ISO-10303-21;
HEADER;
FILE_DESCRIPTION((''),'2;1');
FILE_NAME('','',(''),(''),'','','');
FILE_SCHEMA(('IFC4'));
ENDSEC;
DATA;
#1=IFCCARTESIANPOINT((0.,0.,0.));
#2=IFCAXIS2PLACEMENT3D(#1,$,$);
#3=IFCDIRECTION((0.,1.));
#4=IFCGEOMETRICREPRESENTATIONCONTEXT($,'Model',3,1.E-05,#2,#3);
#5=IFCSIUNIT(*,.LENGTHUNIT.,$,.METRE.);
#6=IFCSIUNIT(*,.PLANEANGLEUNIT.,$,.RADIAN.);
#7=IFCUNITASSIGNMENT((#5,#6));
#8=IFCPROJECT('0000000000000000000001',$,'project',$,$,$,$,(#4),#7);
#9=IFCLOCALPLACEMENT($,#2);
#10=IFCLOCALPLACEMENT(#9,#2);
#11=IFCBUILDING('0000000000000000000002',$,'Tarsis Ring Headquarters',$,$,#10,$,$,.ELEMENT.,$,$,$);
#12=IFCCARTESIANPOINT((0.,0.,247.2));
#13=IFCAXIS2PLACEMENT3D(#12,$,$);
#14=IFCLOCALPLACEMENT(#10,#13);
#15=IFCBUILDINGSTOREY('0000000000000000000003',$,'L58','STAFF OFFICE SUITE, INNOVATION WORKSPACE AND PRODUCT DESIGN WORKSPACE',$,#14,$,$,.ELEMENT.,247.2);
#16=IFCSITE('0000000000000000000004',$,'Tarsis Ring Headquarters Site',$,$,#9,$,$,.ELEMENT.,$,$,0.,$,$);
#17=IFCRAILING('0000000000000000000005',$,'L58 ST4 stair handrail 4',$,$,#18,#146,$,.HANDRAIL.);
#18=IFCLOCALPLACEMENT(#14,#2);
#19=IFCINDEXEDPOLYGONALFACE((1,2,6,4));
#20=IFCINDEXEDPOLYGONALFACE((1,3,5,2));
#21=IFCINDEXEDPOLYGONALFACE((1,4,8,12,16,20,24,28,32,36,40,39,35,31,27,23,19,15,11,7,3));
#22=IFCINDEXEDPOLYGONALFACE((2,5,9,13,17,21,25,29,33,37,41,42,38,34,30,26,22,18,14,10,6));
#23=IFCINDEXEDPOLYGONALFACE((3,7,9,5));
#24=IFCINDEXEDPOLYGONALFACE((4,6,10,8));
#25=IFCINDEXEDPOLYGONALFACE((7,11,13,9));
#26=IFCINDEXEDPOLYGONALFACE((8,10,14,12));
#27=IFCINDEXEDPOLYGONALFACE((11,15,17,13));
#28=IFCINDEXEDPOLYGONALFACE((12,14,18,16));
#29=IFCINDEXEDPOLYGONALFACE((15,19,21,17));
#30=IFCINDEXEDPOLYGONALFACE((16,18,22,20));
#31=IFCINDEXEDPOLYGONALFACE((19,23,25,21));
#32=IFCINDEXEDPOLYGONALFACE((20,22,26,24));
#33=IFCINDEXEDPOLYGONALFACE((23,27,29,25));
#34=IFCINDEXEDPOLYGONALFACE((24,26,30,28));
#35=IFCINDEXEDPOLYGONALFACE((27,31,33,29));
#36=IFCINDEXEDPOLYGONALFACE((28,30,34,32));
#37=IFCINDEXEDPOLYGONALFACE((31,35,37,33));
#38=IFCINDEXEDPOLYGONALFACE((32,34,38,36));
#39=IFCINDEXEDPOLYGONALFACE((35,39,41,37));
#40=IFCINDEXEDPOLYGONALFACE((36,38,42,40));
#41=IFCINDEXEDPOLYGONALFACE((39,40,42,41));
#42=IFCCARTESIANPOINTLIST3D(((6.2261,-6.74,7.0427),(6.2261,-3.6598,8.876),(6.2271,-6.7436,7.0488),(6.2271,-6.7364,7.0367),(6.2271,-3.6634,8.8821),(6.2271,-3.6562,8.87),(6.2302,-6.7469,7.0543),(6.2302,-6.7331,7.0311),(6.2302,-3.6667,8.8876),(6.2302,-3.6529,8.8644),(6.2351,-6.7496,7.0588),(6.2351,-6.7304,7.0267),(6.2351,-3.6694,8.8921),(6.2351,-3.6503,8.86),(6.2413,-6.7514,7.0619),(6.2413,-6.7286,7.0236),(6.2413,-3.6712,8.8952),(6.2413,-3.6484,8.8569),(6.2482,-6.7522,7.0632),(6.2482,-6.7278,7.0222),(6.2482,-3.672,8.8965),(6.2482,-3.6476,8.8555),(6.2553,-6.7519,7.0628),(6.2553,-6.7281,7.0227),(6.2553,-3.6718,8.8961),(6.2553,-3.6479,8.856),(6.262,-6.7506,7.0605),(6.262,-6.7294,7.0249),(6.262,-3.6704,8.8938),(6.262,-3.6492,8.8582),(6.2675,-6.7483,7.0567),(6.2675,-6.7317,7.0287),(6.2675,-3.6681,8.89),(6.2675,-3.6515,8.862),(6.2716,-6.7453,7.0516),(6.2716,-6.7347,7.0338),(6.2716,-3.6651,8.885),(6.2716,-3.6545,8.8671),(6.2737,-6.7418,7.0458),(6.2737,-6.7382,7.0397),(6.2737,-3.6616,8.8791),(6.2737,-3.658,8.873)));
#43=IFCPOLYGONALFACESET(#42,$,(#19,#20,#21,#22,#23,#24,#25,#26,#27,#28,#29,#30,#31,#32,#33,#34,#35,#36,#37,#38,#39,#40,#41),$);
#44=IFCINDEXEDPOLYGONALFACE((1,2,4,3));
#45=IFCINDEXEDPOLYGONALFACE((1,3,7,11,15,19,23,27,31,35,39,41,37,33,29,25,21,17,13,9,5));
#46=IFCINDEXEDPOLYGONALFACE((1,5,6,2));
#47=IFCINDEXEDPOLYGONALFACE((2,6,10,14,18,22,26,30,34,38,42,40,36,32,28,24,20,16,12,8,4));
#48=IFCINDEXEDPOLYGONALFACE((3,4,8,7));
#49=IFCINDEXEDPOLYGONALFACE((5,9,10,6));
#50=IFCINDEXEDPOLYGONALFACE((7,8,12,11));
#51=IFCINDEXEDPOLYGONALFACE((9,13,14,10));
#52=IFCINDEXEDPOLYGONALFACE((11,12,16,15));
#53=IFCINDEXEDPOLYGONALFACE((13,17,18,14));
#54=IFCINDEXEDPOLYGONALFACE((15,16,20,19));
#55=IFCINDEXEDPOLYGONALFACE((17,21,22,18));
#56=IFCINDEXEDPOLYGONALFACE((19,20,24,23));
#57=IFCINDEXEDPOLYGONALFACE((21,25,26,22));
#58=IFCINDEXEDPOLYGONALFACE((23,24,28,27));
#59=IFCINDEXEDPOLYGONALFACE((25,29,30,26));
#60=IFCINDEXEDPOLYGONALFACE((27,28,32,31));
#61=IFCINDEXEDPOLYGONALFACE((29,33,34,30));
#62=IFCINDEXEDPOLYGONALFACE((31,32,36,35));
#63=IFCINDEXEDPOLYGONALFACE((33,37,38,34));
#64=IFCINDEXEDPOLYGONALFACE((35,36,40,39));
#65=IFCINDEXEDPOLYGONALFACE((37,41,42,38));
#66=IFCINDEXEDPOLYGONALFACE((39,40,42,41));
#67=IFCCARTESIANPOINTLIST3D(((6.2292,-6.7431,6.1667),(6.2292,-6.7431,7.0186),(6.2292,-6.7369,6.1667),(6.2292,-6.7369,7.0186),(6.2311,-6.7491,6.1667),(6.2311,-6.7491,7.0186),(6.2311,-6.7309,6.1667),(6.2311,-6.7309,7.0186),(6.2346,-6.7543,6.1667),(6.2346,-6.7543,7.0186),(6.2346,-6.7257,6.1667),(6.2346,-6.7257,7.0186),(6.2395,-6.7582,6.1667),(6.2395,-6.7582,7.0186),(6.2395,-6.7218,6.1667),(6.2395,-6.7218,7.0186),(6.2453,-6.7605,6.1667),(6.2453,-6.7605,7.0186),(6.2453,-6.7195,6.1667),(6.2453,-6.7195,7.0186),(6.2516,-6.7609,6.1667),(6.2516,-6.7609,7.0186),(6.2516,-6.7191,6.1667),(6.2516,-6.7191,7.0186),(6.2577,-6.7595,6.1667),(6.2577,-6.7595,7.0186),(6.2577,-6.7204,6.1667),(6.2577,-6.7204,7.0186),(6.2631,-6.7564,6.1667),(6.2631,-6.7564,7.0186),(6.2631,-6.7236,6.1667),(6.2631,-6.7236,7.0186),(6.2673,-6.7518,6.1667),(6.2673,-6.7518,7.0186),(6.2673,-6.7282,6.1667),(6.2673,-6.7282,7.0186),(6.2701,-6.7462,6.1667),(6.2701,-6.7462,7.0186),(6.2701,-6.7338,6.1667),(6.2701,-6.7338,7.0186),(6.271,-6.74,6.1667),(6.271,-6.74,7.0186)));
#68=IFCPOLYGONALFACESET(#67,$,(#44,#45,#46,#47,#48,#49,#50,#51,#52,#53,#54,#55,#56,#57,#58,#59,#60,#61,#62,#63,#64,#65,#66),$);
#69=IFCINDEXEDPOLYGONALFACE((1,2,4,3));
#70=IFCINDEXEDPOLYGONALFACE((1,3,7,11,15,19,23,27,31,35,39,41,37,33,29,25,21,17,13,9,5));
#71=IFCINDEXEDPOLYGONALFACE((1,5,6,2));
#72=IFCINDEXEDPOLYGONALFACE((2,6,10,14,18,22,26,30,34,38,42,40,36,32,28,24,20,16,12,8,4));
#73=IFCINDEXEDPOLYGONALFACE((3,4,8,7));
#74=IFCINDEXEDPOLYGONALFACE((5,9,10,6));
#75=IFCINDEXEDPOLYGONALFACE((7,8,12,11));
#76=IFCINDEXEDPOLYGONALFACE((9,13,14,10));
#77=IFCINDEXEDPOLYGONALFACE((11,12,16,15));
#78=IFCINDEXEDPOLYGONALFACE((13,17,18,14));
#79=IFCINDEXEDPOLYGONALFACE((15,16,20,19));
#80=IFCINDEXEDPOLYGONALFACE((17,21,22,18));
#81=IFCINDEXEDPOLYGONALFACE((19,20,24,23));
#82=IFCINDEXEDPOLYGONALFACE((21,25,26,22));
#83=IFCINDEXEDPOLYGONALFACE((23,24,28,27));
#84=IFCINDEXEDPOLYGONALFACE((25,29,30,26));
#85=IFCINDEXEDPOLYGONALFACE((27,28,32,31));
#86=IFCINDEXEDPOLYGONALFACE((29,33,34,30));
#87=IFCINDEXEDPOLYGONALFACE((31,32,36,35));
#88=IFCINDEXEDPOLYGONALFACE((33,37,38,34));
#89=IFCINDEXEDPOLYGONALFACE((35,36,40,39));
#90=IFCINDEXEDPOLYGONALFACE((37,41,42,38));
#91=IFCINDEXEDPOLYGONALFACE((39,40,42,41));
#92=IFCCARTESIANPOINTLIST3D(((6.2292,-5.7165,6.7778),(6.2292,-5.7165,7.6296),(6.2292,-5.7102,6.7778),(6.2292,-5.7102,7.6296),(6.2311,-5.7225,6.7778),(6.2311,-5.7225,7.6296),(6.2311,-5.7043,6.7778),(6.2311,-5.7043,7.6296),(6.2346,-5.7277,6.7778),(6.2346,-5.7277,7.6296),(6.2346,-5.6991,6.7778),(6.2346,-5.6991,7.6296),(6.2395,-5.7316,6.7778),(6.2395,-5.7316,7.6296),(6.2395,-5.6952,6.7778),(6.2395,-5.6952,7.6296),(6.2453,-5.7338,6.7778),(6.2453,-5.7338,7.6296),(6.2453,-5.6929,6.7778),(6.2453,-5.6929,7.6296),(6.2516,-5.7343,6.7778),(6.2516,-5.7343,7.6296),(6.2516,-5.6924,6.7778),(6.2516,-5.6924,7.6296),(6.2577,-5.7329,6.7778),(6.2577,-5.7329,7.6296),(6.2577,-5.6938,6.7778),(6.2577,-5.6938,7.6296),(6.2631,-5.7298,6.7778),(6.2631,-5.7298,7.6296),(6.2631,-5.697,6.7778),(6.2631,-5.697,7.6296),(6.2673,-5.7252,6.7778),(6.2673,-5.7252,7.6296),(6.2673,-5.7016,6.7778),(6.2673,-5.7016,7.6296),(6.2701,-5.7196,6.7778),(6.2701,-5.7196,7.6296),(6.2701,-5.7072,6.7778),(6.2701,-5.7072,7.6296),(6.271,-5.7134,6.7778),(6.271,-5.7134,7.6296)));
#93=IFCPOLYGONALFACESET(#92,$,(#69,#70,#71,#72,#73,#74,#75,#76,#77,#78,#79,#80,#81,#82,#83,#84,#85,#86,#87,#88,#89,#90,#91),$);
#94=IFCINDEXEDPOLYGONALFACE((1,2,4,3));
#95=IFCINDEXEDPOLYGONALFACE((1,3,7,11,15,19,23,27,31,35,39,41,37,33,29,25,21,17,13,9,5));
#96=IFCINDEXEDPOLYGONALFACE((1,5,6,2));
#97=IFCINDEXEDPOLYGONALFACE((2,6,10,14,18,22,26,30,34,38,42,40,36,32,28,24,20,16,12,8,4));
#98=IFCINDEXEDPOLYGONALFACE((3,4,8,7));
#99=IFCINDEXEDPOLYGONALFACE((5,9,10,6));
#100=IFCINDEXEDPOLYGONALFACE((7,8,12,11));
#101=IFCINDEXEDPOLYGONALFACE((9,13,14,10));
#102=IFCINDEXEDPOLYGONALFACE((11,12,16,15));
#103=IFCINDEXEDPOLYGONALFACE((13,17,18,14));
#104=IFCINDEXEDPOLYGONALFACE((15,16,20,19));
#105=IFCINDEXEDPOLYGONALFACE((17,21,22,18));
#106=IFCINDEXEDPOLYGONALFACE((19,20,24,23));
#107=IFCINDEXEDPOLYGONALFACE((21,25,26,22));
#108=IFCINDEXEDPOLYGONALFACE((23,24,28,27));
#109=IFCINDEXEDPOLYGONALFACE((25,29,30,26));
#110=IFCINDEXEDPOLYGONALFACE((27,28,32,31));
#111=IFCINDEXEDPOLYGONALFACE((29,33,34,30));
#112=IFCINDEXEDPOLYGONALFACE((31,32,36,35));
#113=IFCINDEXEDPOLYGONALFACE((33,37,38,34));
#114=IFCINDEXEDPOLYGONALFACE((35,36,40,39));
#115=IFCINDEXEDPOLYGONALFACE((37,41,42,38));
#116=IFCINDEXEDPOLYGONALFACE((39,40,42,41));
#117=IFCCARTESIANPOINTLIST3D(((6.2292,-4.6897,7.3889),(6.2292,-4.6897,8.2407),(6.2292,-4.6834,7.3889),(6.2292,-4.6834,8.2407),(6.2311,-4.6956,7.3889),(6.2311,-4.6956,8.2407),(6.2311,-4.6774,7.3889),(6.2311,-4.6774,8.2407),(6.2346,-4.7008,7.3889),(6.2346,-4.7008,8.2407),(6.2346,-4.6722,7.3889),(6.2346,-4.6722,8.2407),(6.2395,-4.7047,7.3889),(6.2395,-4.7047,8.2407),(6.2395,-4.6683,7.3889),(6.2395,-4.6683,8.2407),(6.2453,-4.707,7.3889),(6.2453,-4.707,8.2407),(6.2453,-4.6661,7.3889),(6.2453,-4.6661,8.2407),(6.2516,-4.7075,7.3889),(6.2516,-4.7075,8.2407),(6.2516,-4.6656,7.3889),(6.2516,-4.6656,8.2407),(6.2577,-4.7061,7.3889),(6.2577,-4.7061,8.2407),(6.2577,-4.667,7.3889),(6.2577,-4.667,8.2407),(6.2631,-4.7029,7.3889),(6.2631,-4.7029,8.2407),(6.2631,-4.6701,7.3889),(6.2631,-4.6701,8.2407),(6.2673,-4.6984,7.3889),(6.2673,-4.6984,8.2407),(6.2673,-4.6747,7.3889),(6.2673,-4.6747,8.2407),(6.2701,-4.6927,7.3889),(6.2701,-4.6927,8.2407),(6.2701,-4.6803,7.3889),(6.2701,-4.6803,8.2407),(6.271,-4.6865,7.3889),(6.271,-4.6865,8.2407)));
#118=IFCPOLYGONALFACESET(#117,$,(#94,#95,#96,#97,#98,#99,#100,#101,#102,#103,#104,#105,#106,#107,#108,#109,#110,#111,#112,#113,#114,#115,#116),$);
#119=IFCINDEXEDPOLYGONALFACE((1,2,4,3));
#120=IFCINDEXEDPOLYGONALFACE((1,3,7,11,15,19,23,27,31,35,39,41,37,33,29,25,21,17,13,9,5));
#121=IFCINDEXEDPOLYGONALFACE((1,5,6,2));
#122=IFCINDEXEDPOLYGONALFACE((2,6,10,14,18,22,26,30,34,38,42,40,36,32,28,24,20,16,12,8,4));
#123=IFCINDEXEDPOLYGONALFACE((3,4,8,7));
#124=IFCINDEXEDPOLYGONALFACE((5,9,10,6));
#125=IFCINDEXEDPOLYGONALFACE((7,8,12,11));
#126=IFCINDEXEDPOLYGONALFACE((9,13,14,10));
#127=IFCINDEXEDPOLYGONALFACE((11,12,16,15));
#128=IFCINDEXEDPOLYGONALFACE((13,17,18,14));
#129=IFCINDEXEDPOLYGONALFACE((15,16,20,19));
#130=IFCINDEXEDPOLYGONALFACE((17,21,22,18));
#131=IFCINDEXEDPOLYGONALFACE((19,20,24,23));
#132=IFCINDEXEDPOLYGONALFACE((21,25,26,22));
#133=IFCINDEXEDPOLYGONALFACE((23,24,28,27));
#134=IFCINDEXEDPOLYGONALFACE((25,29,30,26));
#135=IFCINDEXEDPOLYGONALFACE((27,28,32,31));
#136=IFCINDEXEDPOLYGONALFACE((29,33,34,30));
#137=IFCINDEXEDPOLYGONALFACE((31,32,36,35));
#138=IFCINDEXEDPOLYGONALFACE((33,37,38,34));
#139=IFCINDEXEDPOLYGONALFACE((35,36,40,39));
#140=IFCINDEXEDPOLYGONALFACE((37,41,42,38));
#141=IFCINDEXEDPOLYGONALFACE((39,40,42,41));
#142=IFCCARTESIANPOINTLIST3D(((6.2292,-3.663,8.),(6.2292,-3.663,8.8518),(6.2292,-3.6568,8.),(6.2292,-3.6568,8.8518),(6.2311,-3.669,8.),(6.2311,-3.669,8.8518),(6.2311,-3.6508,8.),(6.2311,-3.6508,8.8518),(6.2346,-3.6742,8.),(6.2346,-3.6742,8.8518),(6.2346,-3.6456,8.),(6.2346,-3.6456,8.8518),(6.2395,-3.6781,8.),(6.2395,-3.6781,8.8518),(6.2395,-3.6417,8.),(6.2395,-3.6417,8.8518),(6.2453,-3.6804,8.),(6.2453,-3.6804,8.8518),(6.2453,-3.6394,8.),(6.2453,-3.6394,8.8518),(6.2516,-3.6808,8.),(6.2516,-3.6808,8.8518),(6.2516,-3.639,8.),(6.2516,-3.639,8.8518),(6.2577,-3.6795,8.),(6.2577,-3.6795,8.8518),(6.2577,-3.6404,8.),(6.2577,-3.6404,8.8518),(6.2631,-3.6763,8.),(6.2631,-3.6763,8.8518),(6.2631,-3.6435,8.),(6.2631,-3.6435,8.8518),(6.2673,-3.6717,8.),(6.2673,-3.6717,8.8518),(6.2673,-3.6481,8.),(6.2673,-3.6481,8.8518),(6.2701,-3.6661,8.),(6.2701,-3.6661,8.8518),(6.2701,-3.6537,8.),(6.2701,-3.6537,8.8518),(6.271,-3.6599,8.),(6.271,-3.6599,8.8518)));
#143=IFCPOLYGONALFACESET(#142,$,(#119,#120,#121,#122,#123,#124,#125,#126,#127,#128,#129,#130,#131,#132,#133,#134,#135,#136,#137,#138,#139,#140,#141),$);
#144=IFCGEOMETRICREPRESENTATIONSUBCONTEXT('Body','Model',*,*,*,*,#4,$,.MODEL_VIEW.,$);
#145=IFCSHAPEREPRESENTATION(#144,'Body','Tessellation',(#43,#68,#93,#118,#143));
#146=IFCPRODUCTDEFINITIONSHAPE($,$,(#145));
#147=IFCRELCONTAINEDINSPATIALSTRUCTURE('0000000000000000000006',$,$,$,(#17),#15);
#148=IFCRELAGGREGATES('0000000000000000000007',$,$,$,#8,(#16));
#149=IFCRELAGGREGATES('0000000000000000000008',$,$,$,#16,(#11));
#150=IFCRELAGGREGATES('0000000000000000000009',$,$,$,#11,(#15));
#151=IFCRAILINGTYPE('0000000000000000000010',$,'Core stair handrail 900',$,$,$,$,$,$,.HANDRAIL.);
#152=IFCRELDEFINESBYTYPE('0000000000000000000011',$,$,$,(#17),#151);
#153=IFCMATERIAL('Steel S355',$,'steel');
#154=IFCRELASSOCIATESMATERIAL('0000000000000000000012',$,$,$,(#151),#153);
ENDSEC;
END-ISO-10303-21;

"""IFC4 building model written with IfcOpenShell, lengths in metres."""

from ifc_helpers import new_model, si_unit, direction, frame, origin, origin_2d, place, context, subcontext, project, spatial, circle, extrude, material, type_object, element, save


model = new_model("IFC4")

# Units and contexts
model_context = context("Model", 3, precision=1e-05, world=origin(), true_north=direction((0.0, 1.0)))
body_context = subcontext(model_context, "Body", "Model", "MODEL_VIEW")
ifc_project = project(units=[si_unit("LENGTHUNIT", "METRE"), si_unit("PLANEANGLEUNIT", "RADIAN")], contexts=[model_context])

# Site, building, storey
site_placement = place(None, origin())
site = spatial("IfcSite", under=ifc_project, at=site_placement, Name="Tarsis Ring Headquarters Site", CompositionType="ELEMENT", RefElevation=0.0)
building_placement = place(site_placement, origin())
building = spatial("IfcBuilding", under=site, at=building_placement, Name="Tarsis Ring Headquarters", CompositionType="ELEMENT")
storey_placement = place(building_placement, frame((0.0, 0.0, 247.2)))
storey = spatial("IfcBuildingStorey", under=building, at=storey_placement, Name="L58", Description="STAFF OFFICE SUITE, INNOVATION WORKSPACE AND PRODUCT DESIGN WORKSPACE", CompositionType="ELEMENT", Elevation=247.2)

# Shared definitions
ifc_material_1 = material(Name="Steel S355", Category="steel")

# Railing
railing_type_1 = type_object("IfcRailingType", Name="Core stair handrail 900", PredefinedType="HANDRAIL", material=ifc_material_1)
for number, where, name in (
    (1, (6.25, -6.74, 6.1667), "L58 ST4 stair handrail 4"),
):
    element("IfcRailing", number, at=place(storey_placement, frame(where)), inside=storey, type_object=railing_type_1, Name=name, PredefinedType="HANDRAIL", context=body_context, shape_type="SweptSolid", body=[
        extrude(circle(Radius=0.0239, at=origin_2d()), frame((0.0, 0.0, 0.876), z_axis=(0.0, 0.859309, 0.511458), x_axis=(-1.0, 0.0, 0.0)), (0.0, 0.0, 1.0), 3.5845),
        extrude(circle(Radius=0.021, at=origin_2d()), origin(), (0.0, 0.0, 1.0), 0.8518),
        extrude(circle(Radius=0.021, at=origin_2d()), frame((0.0, 1.0266, 0.6111)), (0.0, 0.0, 1.0), 0.8518),
        extrude(circle(Radius=0.021, at=origin_2d()), frame((0.0, 2.0535, 1.2222)), (0.0, 0.0, 1.0), 0.8518),
        extrude(circle(Radius=0.021, at=origin_2d()), frame((0.0, 3.0801, 1.8333)), (0.0, 0.0, 1.0), 0.8518),
    ])

save(model, "model.ifc")
